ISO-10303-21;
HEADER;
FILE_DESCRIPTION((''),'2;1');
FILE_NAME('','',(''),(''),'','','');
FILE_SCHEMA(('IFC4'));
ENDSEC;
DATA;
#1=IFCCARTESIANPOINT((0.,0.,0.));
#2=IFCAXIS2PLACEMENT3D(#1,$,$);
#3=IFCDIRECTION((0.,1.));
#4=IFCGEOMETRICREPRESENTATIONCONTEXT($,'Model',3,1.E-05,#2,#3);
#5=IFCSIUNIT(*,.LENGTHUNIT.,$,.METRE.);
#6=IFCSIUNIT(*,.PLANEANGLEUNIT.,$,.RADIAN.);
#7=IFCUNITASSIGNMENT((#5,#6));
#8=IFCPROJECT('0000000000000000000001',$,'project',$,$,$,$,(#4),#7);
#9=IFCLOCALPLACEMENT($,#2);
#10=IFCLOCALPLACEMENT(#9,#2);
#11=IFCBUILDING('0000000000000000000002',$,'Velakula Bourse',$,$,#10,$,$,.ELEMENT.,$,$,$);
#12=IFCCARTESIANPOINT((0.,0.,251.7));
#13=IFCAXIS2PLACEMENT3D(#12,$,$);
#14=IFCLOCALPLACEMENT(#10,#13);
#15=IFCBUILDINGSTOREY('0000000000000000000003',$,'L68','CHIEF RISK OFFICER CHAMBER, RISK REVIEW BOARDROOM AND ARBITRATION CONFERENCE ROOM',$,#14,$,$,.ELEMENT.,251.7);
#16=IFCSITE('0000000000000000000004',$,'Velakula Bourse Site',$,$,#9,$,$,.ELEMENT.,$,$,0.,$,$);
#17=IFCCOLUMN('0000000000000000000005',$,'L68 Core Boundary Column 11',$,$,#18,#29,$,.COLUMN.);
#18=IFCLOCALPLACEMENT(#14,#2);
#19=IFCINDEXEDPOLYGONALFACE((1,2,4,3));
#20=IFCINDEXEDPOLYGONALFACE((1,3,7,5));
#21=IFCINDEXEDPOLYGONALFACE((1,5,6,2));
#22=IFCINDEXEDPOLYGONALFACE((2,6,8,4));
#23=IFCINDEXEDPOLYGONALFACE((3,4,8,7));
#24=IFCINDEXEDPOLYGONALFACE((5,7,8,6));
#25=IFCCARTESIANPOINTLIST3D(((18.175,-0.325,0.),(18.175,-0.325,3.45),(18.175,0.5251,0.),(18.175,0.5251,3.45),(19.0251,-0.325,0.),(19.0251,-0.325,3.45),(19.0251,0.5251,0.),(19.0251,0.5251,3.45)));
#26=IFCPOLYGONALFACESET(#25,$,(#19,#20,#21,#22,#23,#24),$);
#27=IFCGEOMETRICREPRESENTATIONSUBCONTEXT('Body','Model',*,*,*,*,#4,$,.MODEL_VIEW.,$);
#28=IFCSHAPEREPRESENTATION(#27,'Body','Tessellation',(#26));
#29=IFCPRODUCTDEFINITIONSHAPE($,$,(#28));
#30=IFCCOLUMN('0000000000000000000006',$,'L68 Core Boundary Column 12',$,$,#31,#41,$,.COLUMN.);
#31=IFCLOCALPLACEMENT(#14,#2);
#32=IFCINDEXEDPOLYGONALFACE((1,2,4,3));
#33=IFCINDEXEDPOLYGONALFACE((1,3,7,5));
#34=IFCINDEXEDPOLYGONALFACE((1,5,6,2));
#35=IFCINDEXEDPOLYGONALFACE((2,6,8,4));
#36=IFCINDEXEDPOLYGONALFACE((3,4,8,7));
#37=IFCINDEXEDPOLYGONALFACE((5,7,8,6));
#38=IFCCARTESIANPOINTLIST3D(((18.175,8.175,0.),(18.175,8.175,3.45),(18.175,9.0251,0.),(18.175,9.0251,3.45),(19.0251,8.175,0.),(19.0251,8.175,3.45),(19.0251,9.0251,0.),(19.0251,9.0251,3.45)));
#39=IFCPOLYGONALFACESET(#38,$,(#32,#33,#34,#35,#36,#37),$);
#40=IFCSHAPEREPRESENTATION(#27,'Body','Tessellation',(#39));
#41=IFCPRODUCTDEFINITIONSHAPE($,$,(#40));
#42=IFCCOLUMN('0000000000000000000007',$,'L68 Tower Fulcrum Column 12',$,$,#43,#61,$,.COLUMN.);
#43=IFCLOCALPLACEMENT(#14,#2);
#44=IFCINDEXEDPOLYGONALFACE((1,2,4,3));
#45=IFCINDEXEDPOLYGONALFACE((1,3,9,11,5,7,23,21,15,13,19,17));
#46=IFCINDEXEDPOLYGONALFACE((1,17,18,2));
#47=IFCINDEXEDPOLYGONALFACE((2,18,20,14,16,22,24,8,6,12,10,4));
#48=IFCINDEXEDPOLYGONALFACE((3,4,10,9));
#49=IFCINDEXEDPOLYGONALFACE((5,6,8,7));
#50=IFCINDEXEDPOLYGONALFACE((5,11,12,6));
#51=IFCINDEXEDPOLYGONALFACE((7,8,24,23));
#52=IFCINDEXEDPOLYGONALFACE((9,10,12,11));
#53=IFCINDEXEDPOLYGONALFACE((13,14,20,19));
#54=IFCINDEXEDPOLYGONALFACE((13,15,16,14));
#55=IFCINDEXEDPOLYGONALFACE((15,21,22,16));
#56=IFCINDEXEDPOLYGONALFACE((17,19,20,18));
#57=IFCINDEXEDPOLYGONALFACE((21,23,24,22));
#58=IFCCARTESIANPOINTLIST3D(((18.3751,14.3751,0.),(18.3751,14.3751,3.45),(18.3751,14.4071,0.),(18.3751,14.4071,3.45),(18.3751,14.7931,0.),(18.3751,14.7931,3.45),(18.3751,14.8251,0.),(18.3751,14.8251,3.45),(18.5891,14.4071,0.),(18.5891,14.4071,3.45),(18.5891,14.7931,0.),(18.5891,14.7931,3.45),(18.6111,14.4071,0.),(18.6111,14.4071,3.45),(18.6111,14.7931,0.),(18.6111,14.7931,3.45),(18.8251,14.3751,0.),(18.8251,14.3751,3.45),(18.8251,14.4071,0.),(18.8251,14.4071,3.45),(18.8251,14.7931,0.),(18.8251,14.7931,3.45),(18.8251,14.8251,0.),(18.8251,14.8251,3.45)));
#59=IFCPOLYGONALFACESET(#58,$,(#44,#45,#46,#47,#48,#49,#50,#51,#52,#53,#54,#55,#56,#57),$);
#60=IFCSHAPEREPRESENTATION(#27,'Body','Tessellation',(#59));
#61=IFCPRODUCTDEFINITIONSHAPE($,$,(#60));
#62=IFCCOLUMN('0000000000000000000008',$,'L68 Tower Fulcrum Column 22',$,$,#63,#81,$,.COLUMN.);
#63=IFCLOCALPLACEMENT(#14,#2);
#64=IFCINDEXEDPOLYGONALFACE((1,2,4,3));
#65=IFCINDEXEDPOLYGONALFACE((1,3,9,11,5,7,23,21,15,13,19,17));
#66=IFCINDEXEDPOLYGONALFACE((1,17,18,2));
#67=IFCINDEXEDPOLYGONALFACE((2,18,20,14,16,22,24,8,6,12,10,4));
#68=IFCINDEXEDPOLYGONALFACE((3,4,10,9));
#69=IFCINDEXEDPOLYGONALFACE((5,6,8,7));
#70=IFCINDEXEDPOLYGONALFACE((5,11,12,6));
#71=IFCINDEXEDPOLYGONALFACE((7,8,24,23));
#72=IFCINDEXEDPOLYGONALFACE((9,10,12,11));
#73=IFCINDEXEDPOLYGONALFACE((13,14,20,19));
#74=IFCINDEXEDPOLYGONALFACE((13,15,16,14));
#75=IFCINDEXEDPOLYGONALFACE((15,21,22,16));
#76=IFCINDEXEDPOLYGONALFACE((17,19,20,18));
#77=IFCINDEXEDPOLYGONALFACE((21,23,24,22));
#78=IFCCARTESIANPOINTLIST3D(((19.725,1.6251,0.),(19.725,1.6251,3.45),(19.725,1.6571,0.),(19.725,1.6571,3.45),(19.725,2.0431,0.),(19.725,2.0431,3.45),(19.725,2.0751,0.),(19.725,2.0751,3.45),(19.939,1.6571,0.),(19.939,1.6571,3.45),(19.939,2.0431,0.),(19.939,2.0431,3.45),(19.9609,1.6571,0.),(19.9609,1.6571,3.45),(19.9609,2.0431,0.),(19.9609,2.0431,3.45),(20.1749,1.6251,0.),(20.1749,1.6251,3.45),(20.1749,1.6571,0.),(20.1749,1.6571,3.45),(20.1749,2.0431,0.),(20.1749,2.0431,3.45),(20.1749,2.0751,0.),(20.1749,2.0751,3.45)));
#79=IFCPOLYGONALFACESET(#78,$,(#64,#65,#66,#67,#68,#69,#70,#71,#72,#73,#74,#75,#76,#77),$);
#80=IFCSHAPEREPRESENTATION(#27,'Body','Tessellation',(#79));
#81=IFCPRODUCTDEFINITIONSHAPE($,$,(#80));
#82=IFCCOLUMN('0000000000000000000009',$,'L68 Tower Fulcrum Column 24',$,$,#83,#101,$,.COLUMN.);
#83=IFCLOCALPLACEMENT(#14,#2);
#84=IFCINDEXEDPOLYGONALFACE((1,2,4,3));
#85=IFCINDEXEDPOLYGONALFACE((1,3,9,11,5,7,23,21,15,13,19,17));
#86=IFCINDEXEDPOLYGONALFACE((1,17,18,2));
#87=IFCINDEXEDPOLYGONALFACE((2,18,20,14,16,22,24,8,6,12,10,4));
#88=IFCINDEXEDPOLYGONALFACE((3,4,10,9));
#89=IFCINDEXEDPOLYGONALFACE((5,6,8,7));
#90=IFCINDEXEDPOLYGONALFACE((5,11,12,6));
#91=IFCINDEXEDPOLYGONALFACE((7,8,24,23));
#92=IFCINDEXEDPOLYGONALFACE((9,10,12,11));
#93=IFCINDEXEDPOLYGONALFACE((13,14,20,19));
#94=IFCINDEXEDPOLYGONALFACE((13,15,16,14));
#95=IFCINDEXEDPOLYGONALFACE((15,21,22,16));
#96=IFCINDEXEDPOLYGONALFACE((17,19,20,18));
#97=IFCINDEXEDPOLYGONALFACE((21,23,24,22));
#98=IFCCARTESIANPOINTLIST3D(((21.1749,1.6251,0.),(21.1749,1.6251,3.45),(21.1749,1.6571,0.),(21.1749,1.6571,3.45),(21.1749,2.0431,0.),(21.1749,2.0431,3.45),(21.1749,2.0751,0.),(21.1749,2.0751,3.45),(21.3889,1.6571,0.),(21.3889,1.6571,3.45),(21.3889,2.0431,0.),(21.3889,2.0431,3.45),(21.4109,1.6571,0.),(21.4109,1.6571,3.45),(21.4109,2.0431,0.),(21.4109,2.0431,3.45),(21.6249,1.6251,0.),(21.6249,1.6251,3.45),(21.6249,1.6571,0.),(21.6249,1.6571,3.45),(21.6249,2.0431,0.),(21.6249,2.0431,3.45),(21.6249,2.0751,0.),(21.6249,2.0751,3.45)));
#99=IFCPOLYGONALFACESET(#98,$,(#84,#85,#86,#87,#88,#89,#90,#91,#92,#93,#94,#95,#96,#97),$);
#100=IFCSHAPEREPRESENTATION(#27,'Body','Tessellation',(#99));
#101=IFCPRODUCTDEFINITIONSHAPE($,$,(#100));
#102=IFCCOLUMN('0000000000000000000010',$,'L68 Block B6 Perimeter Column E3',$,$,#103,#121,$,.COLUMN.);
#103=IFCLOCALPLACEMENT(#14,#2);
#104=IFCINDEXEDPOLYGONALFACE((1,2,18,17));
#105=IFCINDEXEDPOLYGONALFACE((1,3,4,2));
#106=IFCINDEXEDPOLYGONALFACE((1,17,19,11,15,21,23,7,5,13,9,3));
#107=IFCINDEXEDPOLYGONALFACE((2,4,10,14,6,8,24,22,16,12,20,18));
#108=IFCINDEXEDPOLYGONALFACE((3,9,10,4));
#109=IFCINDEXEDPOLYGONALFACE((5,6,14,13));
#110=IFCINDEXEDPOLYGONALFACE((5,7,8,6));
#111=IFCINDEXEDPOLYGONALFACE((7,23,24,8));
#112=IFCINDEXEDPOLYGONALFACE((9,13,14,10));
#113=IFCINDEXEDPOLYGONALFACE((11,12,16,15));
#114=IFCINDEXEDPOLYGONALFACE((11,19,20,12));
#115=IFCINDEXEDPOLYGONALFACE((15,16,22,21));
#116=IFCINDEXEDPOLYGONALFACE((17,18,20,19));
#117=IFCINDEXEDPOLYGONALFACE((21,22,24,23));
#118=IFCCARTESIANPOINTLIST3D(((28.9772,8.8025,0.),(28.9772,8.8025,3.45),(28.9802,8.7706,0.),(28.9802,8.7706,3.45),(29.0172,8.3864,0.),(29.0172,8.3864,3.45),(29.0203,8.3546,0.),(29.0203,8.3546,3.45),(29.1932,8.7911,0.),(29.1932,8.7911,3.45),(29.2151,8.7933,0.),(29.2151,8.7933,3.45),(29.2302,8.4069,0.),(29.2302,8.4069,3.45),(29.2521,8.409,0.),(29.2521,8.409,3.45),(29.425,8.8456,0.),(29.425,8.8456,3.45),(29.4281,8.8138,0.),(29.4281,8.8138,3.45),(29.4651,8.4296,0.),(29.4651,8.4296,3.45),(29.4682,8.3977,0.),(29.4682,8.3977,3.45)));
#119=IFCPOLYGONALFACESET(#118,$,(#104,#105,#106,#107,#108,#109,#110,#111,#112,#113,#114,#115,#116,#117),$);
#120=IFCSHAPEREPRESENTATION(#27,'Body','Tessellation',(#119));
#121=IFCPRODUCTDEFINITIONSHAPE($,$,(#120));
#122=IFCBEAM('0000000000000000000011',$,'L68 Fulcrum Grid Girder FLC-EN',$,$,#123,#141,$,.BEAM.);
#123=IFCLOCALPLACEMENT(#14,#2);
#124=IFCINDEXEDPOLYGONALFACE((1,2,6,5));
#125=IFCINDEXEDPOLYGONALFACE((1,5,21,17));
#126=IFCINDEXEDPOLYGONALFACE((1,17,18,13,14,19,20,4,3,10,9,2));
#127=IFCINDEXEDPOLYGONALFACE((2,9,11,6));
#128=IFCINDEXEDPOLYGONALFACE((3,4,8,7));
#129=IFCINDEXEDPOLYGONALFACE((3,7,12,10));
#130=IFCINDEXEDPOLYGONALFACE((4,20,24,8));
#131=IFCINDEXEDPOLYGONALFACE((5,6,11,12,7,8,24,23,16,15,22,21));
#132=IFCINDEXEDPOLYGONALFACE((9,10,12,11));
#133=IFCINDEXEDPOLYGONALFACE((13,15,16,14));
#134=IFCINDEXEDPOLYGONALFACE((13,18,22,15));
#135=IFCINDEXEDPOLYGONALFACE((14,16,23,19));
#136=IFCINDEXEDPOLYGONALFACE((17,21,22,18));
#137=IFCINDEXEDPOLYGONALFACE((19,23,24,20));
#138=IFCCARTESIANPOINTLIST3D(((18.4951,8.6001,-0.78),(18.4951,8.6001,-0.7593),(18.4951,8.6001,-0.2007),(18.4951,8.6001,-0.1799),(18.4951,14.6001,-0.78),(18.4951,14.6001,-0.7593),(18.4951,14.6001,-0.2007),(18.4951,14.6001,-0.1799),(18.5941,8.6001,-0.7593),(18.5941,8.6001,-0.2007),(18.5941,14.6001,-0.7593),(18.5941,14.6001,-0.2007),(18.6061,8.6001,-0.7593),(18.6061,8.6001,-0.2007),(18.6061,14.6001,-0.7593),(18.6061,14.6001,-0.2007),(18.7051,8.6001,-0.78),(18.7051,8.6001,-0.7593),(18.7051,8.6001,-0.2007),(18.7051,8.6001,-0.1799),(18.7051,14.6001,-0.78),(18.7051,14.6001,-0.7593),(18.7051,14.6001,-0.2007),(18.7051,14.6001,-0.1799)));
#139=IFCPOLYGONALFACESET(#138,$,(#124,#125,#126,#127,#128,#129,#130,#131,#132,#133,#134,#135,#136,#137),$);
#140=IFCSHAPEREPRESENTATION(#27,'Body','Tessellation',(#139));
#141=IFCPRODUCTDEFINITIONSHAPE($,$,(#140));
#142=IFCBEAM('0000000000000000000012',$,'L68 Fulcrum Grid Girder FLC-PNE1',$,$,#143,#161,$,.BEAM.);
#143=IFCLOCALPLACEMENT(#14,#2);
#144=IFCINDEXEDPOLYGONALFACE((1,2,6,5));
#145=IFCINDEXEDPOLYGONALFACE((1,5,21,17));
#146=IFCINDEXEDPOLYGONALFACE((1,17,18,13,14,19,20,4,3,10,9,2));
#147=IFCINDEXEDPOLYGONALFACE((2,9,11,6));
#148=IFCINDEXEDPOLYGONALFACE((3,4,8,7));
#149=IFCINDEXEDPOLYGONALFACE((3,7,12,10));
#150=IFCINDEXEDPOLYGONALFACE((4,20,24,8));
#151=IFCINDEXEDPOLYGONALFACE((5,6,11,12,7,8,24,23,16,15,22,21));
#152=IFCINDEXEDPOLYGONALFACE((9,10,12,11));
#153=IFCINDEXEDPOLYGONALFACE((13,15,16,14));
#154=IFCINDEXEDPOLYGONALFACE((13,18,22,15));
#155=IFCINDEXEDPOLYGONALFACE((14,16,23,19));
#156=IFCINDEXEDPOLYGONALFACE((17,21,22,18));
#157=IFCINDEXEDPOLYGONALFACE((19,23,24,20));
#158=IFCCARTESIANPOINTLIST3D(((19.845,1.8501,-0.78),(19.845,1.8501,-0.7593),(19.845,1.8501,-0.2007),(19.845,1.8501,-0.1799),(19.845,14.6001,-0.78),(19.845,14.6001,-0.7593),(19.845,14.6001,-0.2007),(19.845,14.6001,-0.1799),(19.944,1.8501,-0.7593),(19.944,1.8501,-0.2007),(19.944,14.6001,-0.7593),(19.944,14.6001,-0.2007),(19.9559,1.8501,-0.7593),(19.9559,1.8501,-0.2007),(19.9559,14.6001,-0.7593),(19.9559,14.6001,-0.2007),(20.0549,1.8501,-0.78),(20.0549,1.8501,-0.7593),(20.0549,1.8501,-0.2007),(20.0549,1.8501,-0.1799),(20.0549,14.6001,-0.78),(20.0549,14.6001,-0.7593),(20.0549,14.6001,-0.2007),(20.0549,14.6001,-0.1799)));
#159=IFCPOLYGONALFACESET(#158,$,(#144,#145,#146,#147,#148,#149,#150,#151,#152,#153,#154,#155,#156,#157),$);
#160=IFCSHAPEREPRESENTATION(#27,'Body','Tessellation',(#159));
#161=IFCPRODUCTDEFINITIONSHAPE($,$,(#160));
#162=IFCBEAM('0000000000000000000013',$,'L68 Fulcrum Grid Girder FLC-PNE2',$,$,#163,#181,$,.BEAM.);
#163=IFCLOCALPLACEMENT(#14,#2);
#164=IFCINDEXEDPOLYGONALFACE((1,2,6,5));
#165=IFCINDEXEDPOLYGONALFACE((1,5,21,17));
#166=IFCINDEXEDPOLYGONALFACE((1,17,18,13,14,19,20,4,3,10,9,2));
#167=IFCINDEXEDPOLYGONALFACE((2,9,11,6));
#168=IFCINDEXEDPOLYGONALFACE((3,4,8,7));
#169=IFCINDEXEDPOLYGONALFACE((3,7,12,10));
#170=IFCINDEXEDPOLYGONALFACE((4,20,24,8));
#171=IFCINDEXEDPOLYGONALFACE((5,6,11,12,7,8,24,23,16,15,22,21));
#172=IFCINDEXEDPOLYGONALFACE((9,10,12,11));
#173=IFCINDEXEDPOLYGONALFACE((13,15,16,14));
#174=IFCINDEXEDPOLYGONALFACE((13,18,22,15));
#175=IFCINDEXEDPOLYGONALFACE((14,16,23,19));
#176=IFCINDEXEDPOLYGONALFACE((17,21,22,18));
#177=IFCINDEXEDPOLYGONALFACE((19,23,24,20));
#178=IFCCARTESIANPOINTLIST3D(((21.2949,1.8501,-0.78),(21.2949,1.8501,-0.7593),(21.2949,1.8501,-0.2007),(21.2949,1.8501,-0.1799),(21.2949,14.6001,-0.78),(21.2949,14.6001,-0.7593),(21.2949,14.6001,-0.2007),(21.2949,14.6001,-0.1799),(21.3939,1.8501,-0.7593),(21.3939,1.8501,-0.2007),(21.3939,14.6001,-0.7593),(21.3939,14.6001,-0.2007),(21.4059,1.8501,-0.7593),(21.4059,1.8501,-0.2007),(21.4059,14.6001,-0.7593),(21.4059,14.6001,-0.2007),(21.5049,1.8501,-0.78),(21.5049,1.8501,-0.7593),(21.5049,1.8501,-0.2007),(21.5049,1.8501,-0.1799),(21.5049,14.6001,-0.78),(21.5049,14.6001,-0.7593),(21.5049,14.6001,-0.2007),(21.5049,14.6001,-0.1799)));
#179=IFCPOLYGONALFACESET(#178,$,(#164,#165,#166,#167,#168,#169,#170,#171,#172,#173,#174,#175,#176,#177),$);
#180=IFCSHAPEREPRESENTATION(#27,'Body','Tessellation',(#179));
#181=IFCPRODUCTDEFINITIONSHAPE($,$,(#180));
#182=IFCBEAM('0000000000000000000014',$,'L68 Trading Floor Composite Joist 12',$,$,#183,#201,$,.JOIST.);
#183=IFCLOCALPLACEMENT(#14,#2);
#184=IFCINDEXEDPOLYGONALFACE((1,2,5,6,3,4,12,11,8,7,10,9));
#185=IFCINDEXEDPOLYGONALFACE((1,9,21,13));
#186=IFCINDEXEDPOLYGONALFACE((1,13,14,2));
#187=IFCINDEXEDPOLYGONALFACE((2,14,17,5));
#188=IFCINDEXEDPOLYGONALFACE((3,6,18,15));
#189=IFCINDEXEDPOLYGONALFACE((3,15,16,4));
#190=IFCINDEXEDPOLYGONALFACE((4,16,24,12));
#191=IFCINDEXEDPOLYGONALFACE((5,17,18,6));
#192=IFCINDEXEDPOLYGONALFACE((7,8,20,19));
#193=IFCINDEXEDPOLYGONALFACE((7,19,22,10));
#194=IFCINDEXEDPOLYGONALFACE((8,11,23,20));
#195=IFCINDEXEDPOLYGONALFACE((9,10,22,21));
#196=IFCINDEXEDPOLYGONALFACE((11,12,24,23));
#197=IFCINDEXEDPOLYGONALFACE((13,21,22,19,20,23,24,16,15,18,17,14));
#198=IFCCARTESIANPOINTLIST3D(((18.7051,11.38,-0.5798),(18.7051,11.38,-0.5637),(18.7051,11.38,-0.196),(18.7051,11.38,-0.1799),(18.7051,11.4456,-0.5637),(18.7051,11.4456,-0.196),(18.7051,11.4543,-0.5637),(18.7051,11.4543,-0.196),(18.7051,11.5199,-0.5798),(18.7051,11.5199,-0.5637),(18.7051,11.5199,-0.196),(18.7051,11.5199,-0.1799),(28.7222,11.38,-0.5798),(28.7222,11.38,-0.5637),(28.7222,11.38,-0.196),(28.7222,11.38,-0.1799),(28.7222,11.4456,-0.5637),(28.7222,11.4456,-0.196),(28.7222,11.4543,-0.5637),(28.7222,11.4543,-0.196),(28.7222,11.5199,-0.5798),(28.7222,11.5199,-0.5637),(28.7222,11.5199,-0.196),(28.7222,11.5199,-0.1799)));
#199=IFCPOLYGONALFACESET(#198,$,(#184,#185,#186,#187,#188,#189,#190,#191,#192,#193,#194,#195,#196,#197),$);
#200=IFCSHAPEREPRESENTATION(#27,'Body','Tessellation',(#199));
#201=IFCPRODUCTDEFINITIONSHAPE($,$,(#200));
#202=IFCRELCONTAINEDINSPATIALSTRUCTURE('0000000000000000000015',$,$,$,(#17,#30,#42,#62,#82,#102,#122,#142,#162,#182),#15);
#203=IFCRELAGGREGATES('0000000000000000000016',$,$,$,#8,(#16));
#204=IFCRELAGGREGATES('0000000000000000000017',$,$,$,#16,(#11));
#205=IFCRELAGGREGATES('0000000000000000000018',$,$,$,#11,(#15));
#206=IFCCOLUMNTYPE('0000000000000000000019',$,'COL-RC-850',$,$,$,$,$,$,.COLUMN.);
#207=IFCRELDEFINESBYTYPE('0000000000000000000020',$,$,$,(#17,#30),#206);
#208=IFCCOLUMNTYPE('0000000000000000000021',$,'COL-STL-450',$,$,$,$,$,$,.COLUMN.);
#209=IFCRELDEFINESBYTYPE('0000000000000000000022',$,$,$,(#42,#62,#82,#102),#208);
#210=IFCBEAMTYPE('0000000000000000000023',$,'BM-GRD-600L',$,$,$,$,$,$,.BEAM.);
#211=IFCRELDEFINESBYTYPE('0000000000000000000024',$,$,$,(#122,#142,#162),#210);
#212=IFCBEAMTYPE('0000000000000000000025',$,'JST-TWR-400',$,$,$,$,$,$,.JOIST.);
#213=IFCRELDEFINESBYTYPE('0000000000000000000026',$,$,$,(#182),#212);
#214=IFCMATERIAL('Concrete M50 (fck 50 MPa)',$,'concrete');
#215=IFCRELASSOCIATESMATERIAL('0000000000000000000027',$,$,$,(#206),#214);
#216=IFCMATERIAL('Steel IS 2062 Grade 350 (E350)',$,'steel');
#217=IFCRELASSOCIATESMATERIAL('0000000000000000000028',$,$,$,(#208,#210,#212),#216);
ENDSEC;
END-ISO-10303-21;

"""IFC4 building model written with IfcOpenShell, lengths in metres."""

from ifc_helpers import new_model, si_unit, direction, frame, origin, origin_2d, place, context, subcontext, project, spatial, rectangle, i_section, extrude, material, material_profile, profile_set, type_object, element, save


model = new_model("IFC4")

# Units and contexts
model_context = context("Model", 3, precision=1e-05, world=origin(), true_north=direction((0.0, 1.0)))
body_context = subcontext(model_context, "Body", "Model", "MODEL_VIEW")
ifc_project = project(units=[si_unit("LENGTHUNIT", "METRE"), si_unit("PLANEANGLEUNIT", "RADIAN")], contexts=[model_context])

# Site, building, storey
site_placement = place(None, origin())
site = spatial("IfcSite", under=ifc_project, at=site_placement, Name="Velakula Bourse Site", CompositionType="ELEMENT", RefElevation=0.0)
building_placement = place(site_placement, origin())
building = spatial("IfcBuilding", under=site, at=building_placement, Name="Velakula Bourse", CompositionType="ELEMENT")
storey_placement = place(building_placement, frame((0.0, 0.0, 251.7)))
storey = spatial("IfcBuildingStorey", under=building, at=storey_placement, Name="L68", Description="CHIEF RISK OFFICER CHAMBER, RISK REVIEW BOARDROOM AND ARBITRATION CONFERENCE ROOM", CompositionType="ELEMENT", Elevation=251.7)

# Columns
ifc_material_1 = material(Name="Concrete M50 (fck 50 MPa)", Category="concrete")
ifc_material_profile_1 = material_profile(ifc_material_1, rectangle(XDim=0.8501, YDim=0.8501, at=origin_2d()), Name="Concrete M50 (fck 50 MPa)")
ifc_profile_set_1 = profile_set([ifc_material_profile_1], Name="Concrete M50 (fck 50 MPa)")
column_type_1 = type_object("IfcColumnType", Name="COL-RC-850", PredefinedType="COLUMN", material=ifc_profile_set_1)
for number, where, z_axis, x_axis, name in (
    (1, (18.6001, 0.1001, 0.0), (0.0, 0.0, 1.0), (1.0, 0.0, 0.0), "L68 Core Boundary Column 11"),
    (2, (18.6001, 8.6001, 0.0), (0.0, 0.0, 1.0), (1.0, 0.0, 0.0), "L68 Core Boundary Column 12"),
):
    element("IfcColumn", number, at=place(storey_placement, frame(where, z_axis=z_axis, x_axis=x_axis)), inside=storey, type_object=column_type_1, Name=name, PredefinedType="COLUMN", context=body_context, shape_type="SweptSolid", body=[
        extrude(rectangle(XDim=0.8501, YDim=0.8501, at=origin_2d()), origin(), (0.0, 0.0, 1.0), 3.45),
    ])
ifc_material_2 = material(Name="Steel IS 2062 Grade 350 (E350)", Category="steel")
ifc_material_profile_2 = material_profile(ifc_material_2, i_section(OverallWidth=0.45, OverallDepth=0.45, WebThickness=0.022, FlangeThickness=0.032, at=origin_2d()), Name="Steel IS 2062 Grade 350 (E350)")
ifc_profile_set_2 = profile_set([ifc_material_profile_2], Name="Steel IS 2062 Grade 350 (E350)")
column_type_2 = type_object("IfcColumnType", Name="COL-STL-450", PredefinedType="COLUMN", material=ifc_profile_set_2)
for number, where, z_axis, x_axis, name in (
    (3, (18.6001, 14.6001, 0.0), (0.0, 0.0, 1.0), (1.0, 0.0, 0.0), "L68 Tower Fulcrum Column 12"),
    (4, (19.95, 1.8501, 0.0), (0.0, 0.0, 1.0), (1.0, 0.0, 0.0), "L68 Tower Fulcrum Column 22"),
    (5, (21.3999, 1.8501, 0.0), (0.0, 0.0, 1.0), (1.0, 0.0, 0.0), "L68 Tower Fulcrum Column 24"),
    (6, (29.2227, 8.6001, 0.0), (0.0, 0.0, 1.0), (0.995396, 0.095846, 0.0), "L68 Block B6 Perimeter Column E3"),
):
    element("IfcColumn", number, at=place(storey_placement, frame(where, z_axis=z_axis, x_axis=x_axis)), inside=storey, type_object=column_type_2, Name=name, PredefinedType="COLUMN", context=body_context, shape_type="SweptSolid", body=[
        extrude(i_section(OverallWidth=0.45, OverallDepth=0.45, WebThickness=0.022, FlangeThickness=0.032, at=origin_2d()), origin(), (0.0, 0.0, 1.0), 3.45),
    ])

# Beams
ifc_material_profile_3 = material_profile(ifc_material_2, i_section(OverallWidth=0.21, OverallDepth=0.6001, WebThickness=0.012, FlangeThickness=0.0208, at=origin_2d()), Name="Steel IS 2062 Grade 350 (E350)")
ifc_profile_set_3 = profile_set([ifc_material_profile_3], Name="Steel IS 2062 Grade 350 (E350)")
beam_type_1 = type_object("IfcBeamType", Name="BM-GRD-600L", PredefinedType="BEAM", material=ifc_profile_set_3)
beam_1_placement = place(storey_placement, frame((18.6001, 8.6001, -0.48), z_axis=(0.0, 1.0, 0.0), x_axis=(-1.0, 0.0, 0.0)))
element("IfcBeam", 7, at=beam_1_placement, inside=storey, type_object=beam_type_1, Name="L68 Fulcrum Grid Girder FLC-EN", PredefinedType="BEAM", context=body_context, shape_type="SweptSolid", body=[
    extrude(i_section(OverallWidth=0.21, OverallDepth=0.6001, WebThickness=0.012, FlangeThickness=0.0208, at=origin_2d()), origin(), (0.0, 0.0, 1.0), 6.0),
])
for number, where, z_axis, x_axis, name in (
    (8, (19.95, 1.8501, -0.48), (0.0, 1.0, 0.0), (-1.0, 0.0, 0.0), "L68 Fulcrum Grid Girder FLC-PNE1"),
    (9, (21.3999, 1.8501, -0.48), (0.0, 1.0, 0.0), (-1.0, 0.0, 0.0), "L68 Fulcrum Grid Girder FLC-PNE2"),
):
    element("IfcBeam", number, at=place(storey_placement, frame(where, z_axis=z_axis, x_axis=x_axis)), inside=storey, type_object=beam_type_1, Name=name, PredefinedType="BEAM", context=body_context, shape_type="SweptSolid", body=[
        extrude(i_section(OverallWidth=0.21, OverallDepth=0.6001, WebThickness=0.012, FlangeThickness=0.0208, at=origin_2d()), origin(), (0.0, 0.0, 1.0), 12.75),
    ])
ifc_material_profile_4 = material_profile(ifc_material_2, i_section(OverallWidth=0.1399, OverallDepth=0.3999, WebThickness=0.0088, FlangeThickness=0.0161, at=origin_2d()), Name="Steel IS 2062 Grade 350 (E350)")
ifc_profile_set_4 = profile_set([ifc_material_profile_4], Name="Steel IS 2062 Grade 350 (E350)")
beam_type_2 = type_object("IfcBeamType", Name="JST-TWR-400", PredefinedType="JOIST", material=ifc_profile_set_4)
beam_2_placement = place(storey_placement, frame((18.7051, 11.45, -0.3799), z_axis=(1.0, 0.0, 0.0), x_axis=(0.0, 1.0, 0.0)))
element("IfcBeam", 10, at=beam_2_placement, inside=storey, type_object=beam_type_2, Name="L68 Trading Floor Composite Joist 12", PredefinedType="JOIST", context=body_context, shape_type="SweptSolid", body=[
    extrude(i_section(OverallWidth=0.1399, OverallDepth=0.3999, WebThickness=0.0088, FlangeThickness=0.0161, at=origin_2d()), origin(), (0.0, 0.0, 1.0), 10.0171),
])

save(model, "model.ifc")
